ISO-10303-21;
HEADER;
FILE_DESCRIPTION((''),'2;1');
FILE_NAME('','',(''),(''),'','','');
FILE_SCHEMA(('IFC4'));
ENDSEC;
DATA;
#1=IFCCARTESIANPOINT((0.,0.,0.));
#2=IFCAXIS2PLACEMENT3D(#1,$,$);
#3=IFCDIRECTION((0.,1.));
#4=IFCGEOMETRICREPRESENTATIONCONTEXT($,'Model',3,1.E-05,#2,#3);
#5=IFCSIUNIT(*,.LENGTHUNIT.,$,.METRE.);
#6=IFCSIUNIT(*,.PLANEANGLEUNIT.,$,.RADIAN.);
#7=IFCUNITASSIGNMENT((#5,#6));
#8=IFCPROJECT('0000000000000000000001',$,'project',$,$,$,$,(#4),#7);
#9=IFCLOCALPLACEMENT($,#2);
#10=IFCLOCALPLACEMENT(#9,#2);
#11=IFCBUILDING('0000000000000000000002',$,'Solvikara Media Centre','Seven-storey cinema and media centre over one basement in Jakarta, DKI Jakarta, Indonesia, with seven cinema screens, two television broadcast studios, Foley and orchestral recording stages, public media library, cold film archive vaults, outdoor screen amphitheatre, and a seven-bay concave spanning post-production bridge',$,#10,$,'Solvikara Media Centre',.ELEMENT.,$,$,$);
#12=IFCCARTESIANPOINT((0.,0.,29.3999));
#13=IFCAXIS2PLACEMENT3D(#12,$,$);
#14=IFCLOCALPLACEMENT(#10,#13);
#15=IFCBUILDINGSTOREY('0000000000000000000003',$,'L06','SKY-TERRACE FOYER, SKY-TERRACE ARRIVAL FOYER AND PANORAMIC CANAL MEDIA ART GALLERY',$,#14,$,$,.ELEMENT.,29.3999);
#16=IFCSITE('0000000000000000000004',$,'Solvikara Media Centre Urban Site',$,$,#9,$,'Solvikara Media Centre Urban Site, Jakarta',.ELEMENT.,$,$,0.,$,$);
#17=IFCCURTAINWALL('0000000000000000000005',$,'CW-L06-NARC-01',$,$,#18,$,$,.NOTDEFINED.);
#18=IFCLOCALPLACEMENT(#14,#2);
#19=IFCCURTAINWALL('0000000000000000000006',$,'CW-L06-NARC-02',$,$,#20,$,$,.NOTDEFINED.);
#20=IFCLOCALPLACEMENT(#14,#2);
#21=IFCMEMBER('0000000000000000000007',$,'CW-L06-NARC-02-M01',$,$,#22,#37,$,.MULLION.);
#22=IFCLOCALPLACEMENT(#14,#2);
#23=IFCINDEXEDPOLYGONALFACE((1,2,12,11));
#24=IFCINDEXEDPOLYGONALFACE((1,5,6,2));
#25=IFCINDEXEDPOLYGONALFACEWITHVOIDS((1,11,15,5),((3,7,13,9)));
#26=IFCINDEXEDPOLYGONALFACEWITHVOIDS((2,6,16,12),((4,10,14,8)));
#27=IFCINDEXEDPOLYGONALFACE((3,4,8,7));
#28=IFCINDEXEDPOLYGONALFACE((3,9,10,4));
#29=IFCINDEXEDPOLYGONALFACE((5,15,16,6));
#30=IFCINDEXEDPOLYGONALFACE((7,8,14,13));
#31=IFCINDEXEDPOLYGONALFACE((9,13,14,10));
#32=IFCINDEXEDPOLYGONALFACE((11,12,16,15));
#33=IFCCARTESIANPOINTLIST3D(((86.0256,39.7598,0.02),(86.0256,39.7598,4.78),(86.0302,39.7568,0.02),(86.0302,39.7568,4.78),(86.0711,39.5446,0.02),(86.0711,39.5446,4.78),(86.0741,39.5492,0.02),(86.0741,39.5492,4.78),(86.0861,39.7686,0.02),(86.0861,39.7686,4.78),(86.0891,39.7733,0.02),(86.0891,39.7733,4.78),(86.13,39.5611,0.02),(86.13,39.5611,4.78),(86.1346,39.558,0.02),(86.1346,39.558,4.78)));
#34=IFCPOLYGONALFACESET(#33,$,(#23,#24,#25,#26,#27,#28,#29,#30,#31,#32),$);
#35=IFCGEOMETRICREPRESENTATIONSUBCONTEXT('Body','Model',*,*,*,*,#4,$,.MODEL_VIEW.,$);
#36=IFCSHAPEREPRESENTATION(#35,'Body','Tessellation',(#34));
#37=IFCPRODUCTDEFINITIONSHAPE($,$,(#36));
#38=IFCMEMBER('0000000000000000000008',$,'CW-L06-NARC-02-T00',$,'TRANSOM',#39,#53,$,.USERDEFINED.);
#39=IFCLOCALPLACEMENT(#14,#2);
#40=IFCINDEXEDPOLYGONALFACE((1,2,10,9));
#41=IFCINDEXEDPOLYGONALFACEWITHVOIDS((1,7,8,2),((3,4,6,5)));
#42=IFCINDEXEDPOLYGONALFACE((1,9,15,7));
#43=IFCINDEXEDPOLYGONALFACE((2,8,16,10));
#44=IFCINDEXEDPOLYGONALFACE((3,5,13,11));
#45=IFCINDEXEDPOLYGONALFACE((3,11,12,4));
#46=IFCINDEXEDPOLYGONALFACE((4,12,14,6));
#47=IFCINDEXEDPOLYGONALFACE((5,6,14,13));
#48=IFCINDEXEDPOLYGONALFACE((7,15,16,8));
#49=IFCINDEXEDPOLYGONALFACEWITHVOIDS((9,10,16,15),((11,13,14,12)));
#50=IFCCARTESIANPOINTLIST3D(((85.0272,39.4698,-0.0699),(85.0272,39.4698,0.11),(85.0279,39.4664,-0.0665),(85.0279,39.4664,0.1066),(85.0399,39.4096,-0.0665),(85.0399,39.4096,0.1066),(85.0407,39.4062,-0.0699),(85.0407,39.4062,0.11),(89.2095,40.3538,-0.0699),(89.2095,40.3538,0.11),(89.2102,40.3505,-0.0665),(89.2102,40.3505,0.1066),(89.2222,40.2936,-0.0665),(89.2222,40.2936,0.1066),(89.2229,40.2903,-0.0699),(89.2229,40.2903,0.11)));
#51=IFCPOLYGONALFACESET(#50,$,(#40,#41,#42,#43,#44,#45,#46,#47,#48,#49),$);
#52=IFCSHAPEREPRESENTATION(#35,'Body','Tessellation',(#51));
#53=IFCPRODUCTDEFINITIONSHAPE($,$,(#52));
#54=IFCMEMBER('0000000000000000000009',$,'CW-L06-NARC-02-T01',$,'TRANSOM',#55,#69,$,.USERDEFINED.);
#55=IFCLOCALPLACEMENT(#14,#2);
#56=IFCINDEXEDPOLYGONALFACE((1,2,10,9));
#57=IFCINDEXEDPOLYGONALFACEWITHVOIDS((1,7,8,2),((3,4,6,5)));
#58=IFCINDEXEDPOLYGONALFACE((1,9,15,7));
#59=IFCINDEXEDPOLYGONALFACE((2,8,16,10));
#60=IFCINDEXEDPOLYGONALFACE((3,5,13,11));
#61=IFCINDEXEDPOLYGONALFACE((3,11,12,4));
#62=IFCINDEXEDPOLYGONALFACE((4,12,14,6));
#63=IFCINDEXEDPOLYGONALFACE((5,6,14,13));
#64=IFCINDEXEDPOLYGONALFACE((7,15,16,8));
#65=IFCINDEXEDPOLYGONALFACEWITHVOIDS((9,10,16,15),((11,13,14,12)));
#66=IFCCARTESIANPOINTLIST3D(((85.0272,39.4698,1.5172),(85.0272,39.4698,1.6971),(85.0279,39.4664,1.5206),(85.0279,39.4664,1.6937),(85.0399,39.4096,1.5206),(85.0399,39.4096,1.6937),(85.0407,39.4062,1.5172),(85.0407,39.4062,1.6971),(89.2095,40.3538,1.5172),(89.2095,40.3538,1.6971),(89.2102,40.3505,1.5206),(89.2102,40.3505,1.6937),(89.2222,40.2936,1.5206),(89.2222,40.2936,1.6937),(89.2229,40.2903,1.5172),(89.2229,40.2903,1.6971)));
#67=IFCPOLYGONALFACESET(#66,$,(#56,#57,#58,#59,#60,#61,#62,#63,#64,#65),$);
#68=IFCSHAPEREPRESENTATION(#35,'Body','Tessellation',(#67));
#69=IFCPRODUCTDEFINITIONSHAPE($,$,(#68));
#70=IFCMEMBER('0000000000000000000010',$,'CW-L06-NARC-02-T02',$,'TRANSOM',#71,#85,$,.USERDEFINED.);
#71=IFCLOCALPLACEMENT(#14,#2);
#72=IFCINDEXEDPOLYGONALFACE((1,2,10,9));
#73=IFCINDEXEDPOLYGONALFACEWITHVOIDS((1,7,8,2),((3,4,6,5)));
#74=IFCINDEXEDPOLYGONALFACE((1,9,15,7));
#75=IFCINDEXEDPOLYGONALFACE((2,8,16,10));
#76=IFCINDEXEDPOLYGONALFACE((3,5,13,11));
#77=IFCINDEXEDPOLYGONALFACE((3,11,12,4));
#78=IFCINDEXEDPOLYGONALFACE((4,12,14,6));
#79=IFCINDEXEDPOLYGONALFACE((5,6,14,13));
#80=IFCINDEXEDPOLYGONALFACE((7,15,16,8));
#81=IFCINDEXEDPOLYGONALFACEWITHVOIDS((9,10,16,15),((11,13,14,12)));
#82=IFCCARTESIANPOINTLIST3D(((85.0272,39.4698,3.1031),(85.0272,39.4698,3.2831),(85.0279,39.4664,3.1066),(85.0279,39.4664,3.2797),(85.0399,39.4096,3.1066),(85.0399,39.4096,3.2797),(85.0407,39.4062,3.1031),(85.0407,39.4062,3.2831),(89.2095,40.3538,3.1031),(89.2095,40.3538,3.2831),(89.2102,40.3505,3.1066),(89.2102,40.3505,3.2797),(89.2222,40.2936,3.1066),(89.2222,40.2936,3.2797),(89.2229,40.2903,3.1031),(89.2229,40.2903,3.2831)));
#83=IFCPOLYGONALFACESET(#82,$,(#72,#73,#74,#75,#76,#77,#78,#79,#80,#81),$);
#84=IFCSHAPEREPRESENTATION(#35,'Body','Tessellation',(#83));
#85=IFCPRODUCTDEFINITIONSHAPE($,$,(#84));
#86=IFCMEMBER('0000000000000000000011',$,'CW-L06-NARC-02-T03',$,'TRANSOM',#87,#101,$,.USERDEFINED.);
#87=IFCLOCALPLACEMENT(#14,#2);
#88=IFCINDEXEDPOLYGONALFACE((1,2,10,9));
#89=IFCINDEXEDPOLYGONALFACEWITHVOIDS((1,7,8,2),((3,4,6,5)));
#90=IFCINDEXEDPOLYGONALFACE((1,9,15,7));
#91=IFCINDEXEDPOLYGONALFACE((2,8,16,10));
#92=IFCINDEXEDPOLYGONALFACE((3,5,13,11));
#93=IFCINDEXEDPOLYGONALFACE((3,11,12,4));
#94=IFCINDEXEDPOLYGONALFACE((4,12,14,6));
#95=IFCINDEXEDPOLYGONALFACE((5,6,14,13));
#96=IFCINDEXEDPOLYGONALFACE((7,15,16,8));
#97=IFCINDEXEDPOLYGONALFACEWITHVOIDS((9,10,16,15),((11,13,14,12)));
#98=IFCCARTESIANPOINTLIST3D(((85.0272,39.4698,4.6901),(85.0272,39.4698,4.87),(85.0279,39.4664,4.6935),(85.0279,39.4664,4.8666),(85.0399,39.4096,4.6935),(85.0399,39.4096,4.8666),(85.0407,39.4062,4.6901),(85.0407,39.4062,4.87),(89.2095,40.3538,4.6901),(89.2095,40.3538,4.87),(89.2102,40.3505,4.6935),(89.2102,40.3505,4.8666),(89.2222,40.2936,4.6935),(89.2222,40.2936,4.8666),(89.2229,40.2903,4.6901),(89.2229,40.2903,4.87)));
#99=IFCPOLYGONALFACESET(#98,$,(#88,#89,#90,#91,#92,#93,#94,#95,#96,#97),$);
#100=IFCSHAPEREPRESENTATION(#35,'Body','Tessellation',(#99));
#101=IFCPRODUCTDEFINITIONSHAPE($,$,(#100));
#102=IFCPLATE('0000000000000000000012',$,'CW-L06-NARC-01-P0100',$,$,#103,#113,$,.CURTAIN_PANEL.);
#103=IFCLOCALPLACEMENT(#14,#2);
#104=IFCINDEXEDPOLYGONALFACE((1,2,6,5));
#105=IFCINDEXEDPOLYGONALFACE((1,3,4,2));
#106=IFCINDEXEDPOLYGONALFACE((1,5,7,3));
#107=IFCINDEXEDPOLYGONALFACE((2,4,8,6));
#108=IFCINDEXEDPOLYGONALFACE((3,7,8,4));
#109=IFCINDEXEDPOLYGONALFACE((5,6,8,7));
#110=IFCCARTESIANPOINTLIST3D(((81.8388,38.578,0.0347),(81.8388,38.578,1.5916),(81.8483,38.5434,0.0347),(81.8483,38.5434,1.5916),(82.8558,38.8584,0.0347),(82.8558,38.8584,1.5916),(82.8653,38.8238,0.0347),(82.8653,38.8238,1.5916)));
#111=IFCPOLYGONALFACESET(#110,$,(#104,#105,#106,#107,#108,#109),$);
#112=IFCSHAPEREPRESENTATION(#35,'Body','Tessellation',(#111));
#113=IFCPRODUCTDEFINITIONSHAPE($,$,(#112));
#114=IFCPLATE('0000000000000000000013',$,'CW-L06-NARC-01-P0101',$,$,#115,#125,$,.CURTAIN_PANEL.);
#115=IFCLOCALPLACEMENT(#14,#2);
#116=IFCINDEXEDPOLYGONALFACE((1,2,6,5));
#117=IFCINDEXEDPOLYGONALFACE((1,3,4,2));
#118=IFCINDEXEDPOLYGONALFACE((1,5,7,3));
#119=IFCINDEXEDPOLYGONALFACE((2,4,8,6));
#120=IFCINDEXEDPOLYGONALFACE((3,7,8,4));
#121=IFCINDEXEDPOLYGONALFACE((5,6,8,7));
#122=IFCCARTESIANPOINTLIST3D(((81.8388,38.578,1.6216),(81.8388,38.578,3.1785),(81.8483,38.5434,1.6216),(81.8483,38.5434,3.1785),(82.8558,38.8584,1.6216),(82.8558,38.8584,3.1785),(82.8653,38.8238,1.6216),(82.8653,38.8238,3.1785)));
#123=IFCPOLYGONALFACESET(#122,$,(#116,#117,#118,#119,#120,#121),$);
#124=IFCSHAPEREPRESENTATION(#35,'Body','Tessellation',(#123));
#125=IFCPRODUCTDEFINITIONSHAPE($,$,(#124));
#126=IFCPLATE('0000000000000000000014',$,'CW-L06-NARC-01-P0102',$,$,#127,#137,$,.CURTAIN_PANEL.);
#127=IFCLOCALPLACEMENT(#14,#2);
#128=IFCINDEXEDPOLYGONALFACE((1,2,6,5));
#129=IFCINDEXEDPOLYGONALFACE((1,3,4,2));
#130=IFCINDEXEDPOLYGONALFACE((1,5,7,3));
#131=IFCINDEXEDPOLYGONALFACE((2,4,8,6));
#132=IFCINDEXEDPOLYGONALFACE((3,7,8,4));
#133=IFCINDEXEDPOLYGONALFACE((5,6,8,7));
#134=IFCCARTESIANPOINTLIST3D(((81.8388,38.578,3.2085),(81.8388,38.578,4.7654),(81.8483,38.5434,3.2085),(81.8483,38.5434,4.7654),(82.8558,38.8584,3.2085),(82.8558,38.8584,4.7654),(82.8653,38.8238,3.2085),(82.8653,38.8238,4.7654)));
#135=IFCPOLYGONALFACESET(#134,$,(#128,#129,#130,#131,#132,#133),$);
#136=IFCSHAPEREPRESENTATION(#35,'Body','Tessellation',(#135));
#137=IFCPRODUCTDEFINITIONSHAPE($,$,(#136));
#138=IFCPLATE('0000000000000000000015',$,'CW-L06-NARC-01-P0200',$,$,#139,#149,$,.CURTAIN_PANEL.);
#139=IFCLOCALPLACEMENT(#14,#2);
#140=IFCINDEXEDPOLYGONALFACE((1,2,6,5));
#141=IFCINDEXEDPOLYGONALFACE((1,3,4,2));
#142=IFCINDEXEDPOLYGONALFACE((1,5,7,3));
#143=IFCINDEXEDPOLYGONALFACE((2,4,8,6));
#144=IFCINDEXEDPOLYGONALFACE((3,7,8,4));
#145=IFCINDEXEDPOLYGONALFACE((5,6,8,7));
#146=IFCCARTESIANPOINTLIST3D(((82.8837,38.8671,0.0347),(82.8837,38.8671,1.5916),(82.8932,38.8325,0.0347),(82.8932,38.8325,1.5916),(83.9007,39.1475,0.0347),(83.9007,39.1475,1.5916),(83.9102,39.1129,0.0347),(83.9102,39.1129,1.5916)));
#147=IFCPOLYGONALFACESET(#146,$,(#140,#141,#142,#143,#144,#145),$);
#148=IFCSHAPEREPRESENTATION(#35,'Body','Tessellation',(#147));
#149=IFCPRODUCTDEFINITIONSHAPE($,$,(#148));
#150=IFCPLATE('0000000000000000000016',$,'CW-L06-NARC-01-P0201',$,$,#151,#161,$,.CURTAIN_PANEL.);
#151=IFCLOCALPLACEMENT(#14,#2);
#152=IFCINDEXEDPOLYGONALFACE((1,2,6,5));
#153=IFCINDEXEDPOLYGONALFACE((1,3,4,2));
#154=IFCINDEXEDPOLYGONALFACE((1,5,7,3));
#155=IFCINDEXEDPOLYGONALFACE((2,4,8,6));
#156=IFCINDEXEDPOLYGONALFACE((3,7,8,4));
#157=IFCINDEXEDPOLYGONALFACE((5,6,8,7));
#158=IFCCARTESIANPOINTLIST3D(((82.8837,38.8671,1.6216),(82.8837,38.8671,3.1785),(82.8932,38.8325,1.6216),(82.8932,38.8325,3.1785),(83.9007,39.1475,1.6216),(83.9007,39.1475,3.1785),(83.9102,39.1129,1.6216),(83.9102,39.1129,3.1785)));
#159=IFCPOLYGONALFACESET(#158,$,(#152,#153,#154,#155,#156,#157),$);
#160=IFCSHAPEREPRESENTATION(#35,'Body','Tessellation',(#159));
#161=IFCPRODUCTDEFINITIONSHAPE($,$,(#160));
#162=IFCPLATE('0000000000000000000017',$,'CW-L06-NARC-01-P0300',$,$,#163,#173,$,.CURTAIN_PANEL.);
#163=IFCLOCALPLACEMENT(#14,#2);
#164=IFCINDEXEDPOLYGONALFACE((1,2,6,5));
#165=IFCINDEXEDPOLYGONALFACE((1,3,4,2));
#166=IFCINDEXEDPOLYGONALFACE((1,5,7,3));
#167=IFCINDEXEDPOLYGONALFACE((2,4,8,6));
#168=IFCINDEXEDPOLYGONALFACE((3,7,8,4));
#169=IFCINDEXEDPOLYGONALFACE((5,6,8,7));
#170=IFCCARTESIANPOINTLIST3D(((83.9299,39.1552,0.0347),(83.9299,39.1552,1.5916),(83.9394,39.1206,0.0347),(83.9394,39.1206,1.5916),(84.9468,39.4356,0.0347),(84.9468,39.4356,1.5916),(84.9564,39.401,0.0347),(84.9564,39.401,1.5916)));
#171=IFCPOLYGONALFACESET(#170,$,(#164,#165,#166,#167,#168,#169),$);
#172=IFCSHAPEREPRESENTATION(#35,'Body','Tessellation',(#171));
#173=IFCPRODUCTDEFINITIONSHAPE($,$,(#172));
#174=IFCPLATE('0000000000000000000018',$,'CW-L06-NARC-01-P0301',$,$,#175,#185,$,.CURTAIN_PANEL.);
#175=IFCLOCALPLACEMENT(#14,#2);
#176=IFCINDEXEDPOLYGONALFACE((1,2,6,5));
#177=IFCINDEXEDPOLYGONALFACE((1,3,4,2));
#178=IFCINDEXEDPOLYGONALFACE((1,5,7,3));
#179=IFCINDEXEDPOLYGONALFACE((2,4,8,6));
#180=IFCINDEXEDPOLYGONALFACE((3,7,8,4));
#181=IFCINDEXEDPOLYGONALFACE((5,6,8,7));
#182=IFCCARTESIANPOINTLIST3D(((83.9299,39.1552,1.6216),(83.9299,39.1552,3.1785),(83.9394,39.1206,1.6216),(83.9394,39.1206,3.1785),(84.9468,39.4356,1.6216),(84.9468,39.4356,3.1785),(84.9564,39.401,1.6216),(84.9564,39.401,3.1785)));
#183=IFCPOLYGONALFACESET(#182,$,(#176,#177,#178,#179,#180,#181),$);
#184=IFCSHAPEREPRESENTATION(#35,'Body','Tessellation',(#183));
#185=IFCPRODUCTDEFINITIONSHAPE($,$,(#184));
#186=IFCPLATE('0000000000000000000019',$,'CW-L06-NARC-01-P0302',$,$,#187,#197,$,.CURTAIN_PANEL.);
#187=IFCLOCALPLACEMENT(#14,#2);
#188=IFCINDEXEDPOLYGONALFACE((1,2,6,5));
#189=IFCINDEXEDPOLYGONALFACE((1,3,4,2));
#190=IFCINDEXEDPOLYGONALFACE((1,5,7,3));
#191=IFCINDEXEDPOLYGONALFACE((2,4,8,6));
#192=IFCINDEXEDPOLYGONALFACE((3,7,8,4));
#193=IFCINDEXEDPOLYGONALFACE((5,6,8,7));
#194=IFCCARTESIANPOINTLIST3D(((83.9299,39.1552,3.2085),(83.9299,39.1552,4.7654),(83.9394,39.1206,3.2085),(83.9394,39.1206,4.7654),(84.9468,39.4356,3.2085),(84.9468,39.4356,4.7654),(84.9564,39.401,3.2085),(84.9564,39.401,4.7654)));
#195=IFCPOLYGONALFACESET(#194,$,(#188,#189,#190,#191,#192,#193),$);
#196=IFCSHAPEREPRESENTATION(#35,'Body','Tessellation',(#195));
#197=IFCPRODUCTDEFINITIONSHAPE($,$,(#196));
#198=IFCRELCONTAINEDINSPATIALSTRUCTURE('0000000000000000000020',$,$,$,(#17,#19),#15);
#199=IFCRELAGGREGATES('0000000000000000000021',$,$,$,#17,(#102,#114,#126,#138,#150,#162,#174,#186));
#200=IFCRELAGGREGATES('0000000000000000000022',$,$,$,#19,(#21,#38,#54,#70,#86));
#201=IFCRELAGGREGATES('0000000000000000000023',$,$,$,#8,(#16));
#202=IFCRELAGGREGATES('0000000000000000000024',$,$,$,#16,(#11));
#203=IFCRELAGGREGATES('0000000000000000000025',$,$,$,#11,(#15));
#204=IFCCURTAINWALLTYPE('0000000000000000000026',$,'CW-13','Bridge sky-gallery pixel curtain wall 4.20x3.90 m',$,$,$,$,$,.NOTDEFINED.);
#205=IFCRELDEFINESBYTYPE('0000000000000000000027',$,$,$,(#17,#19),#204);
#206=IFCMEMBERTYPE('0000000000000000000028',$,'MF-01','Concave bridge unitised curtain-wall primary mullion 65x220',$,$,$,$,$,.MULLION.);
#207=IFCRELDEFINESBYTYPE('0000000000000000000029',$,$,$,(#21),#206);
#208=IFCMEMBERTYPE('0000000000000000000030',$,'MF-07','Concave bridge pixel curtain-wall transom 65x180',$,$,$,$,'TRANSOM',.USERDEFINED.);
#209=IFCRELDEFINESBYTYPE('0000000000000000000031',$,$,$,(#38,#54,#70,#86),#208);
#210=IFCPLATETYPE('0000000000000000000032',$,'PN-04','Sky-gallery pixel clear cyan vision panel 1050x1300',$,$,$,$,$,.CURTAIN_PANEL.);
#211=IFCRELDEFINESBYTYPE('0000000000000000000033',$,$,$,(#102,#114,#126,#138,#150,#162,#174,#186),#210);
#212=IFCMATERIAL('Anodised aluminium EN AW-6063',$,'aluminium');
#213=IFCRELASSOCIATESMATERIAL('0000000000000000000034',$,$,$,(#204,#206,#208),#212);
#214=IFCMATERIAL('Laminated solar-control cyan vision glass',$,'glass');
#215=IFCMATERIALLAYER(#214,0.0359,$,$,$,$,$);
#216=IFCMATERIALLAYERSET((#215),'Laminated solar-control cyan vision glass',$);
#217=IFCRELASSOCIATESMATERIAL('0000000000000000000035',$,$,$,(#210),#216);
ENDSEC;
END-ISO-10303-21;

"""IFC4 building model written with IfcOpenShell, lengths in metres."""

from ifc_helpers import new_model, si_unit, direction, frame, origin, origin_2d, place, context, subcontext, project, spatial, rectangle, hollow_rectangle, extrude, material, layer, layer_set, material_profile, profile_set, type_object, element, aggregate, save


model = new_model("IFC4")

# Units and contexts
model_context = context("Model", 3, precision=1e-05, world=origin(), true_north=direction((0.0, 1.0)))
body_context = subcontext(model_context, "Body", "Model", "MODEL_VIEW")
ifc_project = project(units=[si_unit("LENGTHUNIT", "METRE"), si_unit("PLANEANGLEUNIT", "RADIAN")], contexts=[model_context])

# Site, building, storey
site_placement = place(None, origin())
site = spatial("IfcSite", under=ifc_project, at=site_placement, Name="Solvikara Media Centre Urban Site", LongName="Solvikara Media Centre Urban Site, Jakarta", CompositionType="ELEMENT", RefElevation=0.0)
building_placement = place(site_placement, origin())
building = spatial("IfcBuilding", under=site, at=building_placement, Name="Solvikara Media Centre", Description="Seven-storey cinema and media centre over one basement in Jakarta, DKI Jakarta, Indonesia, with seven cinema screens, two television broadcast studios, Foley and orchestral recording stages, public media library, cold film archive vaults, outdoor screen amphitheatre, and a seven-bay concave spanning post-production bridge", LongName="Solvikara Media Centre", CompositionType="ELEMENT")
storey_placement = place(building_placement, frame((0.0, 0.0, 29.3999)))
storey = spatial("IfcBuildingStorey", under=building, at=storey_placement, Name="L06", Description="SKY-TERRACE FOYER, SKY-TERRACE ARRIVAL FOYER AND PANORAMIC CANAL MEDIA ART GALLERY", CompositionType="ELEMENT", Elevation=29.3999)

# Curtain walls, members
ifc_material_1 = material(Name="Anodised aluminium EN AW-6063", Category="aluminium")
curtain_wall_type = type_object("IfcCurtainWallType", Name="CW-13", Description="Bridge sky-gallery pixel curtain wall 4.20x3.90 m", PredefinedType="NOTDEFINED", material=ifc_material_1)
curtain_wall_1_placement = place(storey_placement, origin())
curtain_wall_1 = element("IfcCurtainWall", 1, at=curtain_wall_1_placement, inside=storey, type_object=curtain_wall_type, Name="CW-L06-NARC-01", PredefinedType="NOTDEFINED")
ifc_material_profile_1 = material_profile(ifc_material_1, hollow_rectangle(XDim=0.0649, YDim=0.22, WallThickness=0.0039, at=origin_2d()), Name="ALU-M 65x220x4")
ifc_profile_set_1 = profile_set([ifc_material_profile_1], Name="Anodised aluminium EN AW-6063")
member_type_1 = type_object("IfcMemberType", Name="MF-01", Description="Concave bridge unitised curtain-wall primary mullion 65x220", PredefinedType="MULLION", material=ifc_profile_set_1)
curtain_wall_2_placement = place(storey_placement, origin())
curtain_wall_2 = element("IfcCurtainWall", 2, at=curtain_wall_2_placement, inside=storey, type_object=curtain_wall_type, Name="CW-L06-NARC-02", PredefinedType="NOTDEFINED")
member_1_placement = place(storey_placement, frame((86.0801, 39.6589, 0.02), z_axis=(0.0, 0.0, 1.0), x_axis=(0.978379, 0.206819, 0.0)))
member_1 = element("IfcMember", 3, at=member_1_placement, type_object=member_type_1, Name="CW-L06-NARC-02-M01", PredefinedType="MULLION", context=body_context, shape_type="SweptSolid", body=[
    extrude(hollow_rectangle(XDim=0.0649, YDim=0.22, WallThickness=0.0039, at=origin_2d()), origin(), (0.0, 0.0, 1.0), 4.76),
])
ifc_material_profile_2 = material_profile(ifc_material_1, hollow_rectangle(XDim=0.0649, YDim=0.1799, WallThickness=0.0034, at=origin_2d()), Name="ALU-T 65x180x3.5")
ifc_profile_set_2 = profile_set([ifc_material_profile_2], Name="Anodised aluminium EN AW-6063")
member_type_2 = type_object("IfcMemberType", Name="MF-07", Description="Concave bridge pixel curtain-wall transom 65x180", ElementType="TRANSOM", PredefinedType="USERDEFINED", material=ifc_profile_set_2)
member_2_placement = place(storey_placement, frame((85.0339, 39.438, 0.02), z_axis=(0.97838, 0.206814, 0.0), x_axis=(-0.206814, 0.97838, 0.0)))
member_2 = element("IfcMember", 4, at=member_2_placement, type_object=member_type_2, Name="CW-L06-NARC-02-T00", ObjectType="TRANSOM", PredefinedType="USERDEFINED", context=body_context, shape_type="SweptSolid", body=[
    extrude(hollow_rectangle(XDim=0.0649, YDim=0.1799, WallThickness=0.0034, at=origin_2d()), origin(), (0.0, 0.0, 1.0), 4.2747),
])
member_3_placement = place(storey_placement, frame((85.0339, 39.438, 1.6072), z_axis=(0.97838, 0.206814, 0.0), x_axis=(-0.206814, 0.97838, 0.0)))
member_3 = element("IfcMember", 5, at=member_3_placement, type_object=member_type_2, Name="CW-L06-NARC-02-T01", ObjectType="TRANSOM", PredefinedType="USERDEFINED", context=body_context, shape_type="SweptSolid", body=[
    extrude(hollow_rectangle(XDim=0.0649, YDim=0.1799, WallThickness=0.0034, at=origin_2d()), origin(), (0.0, 0.0, 1.0), 4.2747),
])
member_4_placement = place(storey_placement, frame((85.0339, 39.438, 3.1931), z_axis=(0.97838, 0.206814, 0.0), x_axis=(-0.206814, 0.97838, 0.0)))
member_4 = element("IfcMember", 6, at=member_4_placement, type_object=member_type_2, Name="CW-L06-NARC-02-T02", ObjectType="TRANSOM", PredefinedType="USERDEFINED", context=body_context, shape_type="SweptSolid", body=[
    extrude(hollow_rectangle(XDim=0.0649, YDim=0.1799, WallThickness=0.0034, at=origin_2d()), origin(), (0.0, 0.0, 1.0), 4.2747),
])
member_5_placement = place(storey_placement, frame((85.0339, 39.438, 4.78), z_axis=(0.97838, 0.206814, 0.0), x_axis=(-0.206814, 0.97838, 0.0)))
member_5 = element("IfcMember", 7, at=member_5_placement, type_object=member_type_2, Name="CW-L06-NARC-02-T03", ObjectType="TRANSOM", PredefinedType="USERDEFINED", context=body_context, shape_type="SweptSolid", body=[
    extrude(hollow_rectangle(XDim=0.0649, YDim=0.1799, WallThickness=0.0034, at=origin_2d()), origin(), (0.0, 0.0, 1.0), 4.2747),
])

# Plates
ifc_material_2 = material(Name="Laminated solar-control cyan vision glass", Category="glass")
ifc_layer_1 = layer(ifc_material_2, 0.0359)
ifc_layer_set_1 = layer_set([ifc_layer_1], Name="Laminated solar-control cyan vision glass")
plate_type_1 = type_object("IfcPlateType", Name="PN-04", Description="Sky-gallery pixel clear cyan vision panel 1050x1300", PredefinedType="CURTAIN_PANEL", material=ifc_layer_set_1)
plate_1_placement = place(storey_placement, frame((82.3521, 38.7009, 0.0347), z_axis=(0.0, 0.0, 1.0), x_axis=(0.96403, 0.265792, 0.0)))
plate_1 = element("IfcPlate", 8, at=plate_1_placement, type_object=plate_type_1, Name="CW-L06-NARC-01-P0100", PredefinedType="CURTAIN_PANEL", context=body_context, shape_type="SweptSolid", body=[
    extrude(rectangle(XDim=1.0549, YDim=0.0359, at=origin_2d()), origin(), (0.0, 0.0, 1.0), 1.5569),
])
plate_2_placement = place(storey_placement, frame((82.3521, 38.7009, 1.6216), z_axis=(0.0, 0.0, 1.0), x_axis=(0.96403, 0.265792, 0.0)))
plate_2 = element("IfcPlate", 9, at=plate_2_placement, type_object=plate_type_1, Name="CW-L06-NARC-01-P0101", PredefinedType="CURTAIN_PANEL", context=body_context, shape_type="SweptSolid", body=[
    extrude(rectangle(XDim=1.0549, YDim=0.0359, at=origin_2d()), origin(), (0.0, 0.0, 1.0), 1.5569),
])
plate_3_placement = place(storey_placement, frame((82.3521, 38.7009, 3.2085), z_axis=(0.0, 0.0, 1.0), x_axis=(0.96403, 0.265792, 0.0)))
plate_3 = element("IfcPlate", 10, at=plate_3_placement, type_object=plate_type_1, Name="CW-L06-NARC-01-P0102", PredefinedType="CURTAIN_PANEL", context=body_context, shape_type="SweptSolid", body=[
    extrude(rectangle(XDim=1.0549, YDim=0.0359, at=origin_2d()), origin(), (0.0, 0.0, 1.0), 1.5569),
])
plate_4_placement = place(storey_placement, frame((83.397, 38.99, 0.0347), z_axis=(0.0, 0.0, 1.0), x_axis=(0.96403, 0.265792, 0.0)))
plate_4 = element("IfcPlate", 11, at=plate_4_placement, type_object=plate_type_1, Name="CW-L06-NARC-01-P0200", PredefinedType="CURTAIN_PANEL", context=body_context, shape_type="SweptSolid", body=[
    extrude(rectangle(XDim=1.0549, YDim=0.0359, at=origin_2d()), origin(), (0.0, 0.0, 1.0), 1.5569),
])
plate_5_placement = place(storey_placement, frame((83.397, 38.99, 1.6216), z_axis=(0.0, 0.0, 1.0), x_axis=(0.96403, 0.265792, 0.0)))
plate_5 = element("IfcPlate", 12, at=plate_5_placement, type_object=plate_type_1, Name="CW-L06-NARC-01-P0201", PredefinedType="CURTAIN_PANEL", context=body_context, shape_type="SweptSolid", body=[
    extrude(rectangle(XDim=1.0549, YDim=0.0359, at=origin_2d()), origin(), (0.0, 0.0, 1.0), 1.5569),
])
plate_6_placement = place(storey_placement, frame((84.4431, 39.2781, 0.0347), z_axis=(0.0, 0.0, 1.0), x_axis=(0.96403, 0.265792, 0.0)))
plate_6 = element("IfcPlate", 13, at=plate_6_placement, type_object=plate_type_1, Name="CW-L06-NARC-01-P0300", PredefinedType="CURTAIN_PANEL", context=body_context, shape_type="SweptSolid", body=[
    extrude(rectangle(XDim=1.0549, YDim=0.0359, at=origin_2d()), origin(), (0.0, 0.0, 1.0), 1.5569),
])
plate_7_placement = place(storey_placement, frame((84.4431, 39.2781, 1.6216), z_axis=(0.0, 0.0, 1.0), x_axis=(0.96403, 0.265792, 0.0)))
plate_7 = element("IfcPlate", 14, at=plate_7_placement, type_object=plate_type_1, Name="CW-L06-NARC-01-P0301", PredefinedType="CURTAIN_PANEL", context=body_context, shape_type="SweptSolid", body=[
    extrude(rectangle(XDim=1.0549, YDim=0.0359, at=origin_2d()), origin(), (0.0, 0.0, 1.0), 1.5569),
])
plate_8_placement = place(storey_placement, frame((84.4431, 39.2781, 3.2085), z_axis=(0.0, 0.0, 1.0), x_axis=(0.96403, 0.265792, 0.0)))
plate_8 = element("IfcPlate", 15, at=plate_8_placement, type_object=plate_type_1, Name="CW-L06-NARC-01-P0302", PredefinedType="CURTAIN_PANEL", context=body_context, shape_type="SweptSolid", body=[
    extrude(rectangle(XDim=1.0549, YDim=0.0359, at=origin_2d()), origin(), (0.0, 0.0, 1.0), 1.5569),
])
aggregate(curtain_wall_1, [plate_1, plate_2, plate_3, plate_4, plate_5, plate_6, plate_7, plate_8])
aggregate(curtain_wall_2, [member_1, member_2, member_3, member_4, member_5])

save(model, "model.ifc")
